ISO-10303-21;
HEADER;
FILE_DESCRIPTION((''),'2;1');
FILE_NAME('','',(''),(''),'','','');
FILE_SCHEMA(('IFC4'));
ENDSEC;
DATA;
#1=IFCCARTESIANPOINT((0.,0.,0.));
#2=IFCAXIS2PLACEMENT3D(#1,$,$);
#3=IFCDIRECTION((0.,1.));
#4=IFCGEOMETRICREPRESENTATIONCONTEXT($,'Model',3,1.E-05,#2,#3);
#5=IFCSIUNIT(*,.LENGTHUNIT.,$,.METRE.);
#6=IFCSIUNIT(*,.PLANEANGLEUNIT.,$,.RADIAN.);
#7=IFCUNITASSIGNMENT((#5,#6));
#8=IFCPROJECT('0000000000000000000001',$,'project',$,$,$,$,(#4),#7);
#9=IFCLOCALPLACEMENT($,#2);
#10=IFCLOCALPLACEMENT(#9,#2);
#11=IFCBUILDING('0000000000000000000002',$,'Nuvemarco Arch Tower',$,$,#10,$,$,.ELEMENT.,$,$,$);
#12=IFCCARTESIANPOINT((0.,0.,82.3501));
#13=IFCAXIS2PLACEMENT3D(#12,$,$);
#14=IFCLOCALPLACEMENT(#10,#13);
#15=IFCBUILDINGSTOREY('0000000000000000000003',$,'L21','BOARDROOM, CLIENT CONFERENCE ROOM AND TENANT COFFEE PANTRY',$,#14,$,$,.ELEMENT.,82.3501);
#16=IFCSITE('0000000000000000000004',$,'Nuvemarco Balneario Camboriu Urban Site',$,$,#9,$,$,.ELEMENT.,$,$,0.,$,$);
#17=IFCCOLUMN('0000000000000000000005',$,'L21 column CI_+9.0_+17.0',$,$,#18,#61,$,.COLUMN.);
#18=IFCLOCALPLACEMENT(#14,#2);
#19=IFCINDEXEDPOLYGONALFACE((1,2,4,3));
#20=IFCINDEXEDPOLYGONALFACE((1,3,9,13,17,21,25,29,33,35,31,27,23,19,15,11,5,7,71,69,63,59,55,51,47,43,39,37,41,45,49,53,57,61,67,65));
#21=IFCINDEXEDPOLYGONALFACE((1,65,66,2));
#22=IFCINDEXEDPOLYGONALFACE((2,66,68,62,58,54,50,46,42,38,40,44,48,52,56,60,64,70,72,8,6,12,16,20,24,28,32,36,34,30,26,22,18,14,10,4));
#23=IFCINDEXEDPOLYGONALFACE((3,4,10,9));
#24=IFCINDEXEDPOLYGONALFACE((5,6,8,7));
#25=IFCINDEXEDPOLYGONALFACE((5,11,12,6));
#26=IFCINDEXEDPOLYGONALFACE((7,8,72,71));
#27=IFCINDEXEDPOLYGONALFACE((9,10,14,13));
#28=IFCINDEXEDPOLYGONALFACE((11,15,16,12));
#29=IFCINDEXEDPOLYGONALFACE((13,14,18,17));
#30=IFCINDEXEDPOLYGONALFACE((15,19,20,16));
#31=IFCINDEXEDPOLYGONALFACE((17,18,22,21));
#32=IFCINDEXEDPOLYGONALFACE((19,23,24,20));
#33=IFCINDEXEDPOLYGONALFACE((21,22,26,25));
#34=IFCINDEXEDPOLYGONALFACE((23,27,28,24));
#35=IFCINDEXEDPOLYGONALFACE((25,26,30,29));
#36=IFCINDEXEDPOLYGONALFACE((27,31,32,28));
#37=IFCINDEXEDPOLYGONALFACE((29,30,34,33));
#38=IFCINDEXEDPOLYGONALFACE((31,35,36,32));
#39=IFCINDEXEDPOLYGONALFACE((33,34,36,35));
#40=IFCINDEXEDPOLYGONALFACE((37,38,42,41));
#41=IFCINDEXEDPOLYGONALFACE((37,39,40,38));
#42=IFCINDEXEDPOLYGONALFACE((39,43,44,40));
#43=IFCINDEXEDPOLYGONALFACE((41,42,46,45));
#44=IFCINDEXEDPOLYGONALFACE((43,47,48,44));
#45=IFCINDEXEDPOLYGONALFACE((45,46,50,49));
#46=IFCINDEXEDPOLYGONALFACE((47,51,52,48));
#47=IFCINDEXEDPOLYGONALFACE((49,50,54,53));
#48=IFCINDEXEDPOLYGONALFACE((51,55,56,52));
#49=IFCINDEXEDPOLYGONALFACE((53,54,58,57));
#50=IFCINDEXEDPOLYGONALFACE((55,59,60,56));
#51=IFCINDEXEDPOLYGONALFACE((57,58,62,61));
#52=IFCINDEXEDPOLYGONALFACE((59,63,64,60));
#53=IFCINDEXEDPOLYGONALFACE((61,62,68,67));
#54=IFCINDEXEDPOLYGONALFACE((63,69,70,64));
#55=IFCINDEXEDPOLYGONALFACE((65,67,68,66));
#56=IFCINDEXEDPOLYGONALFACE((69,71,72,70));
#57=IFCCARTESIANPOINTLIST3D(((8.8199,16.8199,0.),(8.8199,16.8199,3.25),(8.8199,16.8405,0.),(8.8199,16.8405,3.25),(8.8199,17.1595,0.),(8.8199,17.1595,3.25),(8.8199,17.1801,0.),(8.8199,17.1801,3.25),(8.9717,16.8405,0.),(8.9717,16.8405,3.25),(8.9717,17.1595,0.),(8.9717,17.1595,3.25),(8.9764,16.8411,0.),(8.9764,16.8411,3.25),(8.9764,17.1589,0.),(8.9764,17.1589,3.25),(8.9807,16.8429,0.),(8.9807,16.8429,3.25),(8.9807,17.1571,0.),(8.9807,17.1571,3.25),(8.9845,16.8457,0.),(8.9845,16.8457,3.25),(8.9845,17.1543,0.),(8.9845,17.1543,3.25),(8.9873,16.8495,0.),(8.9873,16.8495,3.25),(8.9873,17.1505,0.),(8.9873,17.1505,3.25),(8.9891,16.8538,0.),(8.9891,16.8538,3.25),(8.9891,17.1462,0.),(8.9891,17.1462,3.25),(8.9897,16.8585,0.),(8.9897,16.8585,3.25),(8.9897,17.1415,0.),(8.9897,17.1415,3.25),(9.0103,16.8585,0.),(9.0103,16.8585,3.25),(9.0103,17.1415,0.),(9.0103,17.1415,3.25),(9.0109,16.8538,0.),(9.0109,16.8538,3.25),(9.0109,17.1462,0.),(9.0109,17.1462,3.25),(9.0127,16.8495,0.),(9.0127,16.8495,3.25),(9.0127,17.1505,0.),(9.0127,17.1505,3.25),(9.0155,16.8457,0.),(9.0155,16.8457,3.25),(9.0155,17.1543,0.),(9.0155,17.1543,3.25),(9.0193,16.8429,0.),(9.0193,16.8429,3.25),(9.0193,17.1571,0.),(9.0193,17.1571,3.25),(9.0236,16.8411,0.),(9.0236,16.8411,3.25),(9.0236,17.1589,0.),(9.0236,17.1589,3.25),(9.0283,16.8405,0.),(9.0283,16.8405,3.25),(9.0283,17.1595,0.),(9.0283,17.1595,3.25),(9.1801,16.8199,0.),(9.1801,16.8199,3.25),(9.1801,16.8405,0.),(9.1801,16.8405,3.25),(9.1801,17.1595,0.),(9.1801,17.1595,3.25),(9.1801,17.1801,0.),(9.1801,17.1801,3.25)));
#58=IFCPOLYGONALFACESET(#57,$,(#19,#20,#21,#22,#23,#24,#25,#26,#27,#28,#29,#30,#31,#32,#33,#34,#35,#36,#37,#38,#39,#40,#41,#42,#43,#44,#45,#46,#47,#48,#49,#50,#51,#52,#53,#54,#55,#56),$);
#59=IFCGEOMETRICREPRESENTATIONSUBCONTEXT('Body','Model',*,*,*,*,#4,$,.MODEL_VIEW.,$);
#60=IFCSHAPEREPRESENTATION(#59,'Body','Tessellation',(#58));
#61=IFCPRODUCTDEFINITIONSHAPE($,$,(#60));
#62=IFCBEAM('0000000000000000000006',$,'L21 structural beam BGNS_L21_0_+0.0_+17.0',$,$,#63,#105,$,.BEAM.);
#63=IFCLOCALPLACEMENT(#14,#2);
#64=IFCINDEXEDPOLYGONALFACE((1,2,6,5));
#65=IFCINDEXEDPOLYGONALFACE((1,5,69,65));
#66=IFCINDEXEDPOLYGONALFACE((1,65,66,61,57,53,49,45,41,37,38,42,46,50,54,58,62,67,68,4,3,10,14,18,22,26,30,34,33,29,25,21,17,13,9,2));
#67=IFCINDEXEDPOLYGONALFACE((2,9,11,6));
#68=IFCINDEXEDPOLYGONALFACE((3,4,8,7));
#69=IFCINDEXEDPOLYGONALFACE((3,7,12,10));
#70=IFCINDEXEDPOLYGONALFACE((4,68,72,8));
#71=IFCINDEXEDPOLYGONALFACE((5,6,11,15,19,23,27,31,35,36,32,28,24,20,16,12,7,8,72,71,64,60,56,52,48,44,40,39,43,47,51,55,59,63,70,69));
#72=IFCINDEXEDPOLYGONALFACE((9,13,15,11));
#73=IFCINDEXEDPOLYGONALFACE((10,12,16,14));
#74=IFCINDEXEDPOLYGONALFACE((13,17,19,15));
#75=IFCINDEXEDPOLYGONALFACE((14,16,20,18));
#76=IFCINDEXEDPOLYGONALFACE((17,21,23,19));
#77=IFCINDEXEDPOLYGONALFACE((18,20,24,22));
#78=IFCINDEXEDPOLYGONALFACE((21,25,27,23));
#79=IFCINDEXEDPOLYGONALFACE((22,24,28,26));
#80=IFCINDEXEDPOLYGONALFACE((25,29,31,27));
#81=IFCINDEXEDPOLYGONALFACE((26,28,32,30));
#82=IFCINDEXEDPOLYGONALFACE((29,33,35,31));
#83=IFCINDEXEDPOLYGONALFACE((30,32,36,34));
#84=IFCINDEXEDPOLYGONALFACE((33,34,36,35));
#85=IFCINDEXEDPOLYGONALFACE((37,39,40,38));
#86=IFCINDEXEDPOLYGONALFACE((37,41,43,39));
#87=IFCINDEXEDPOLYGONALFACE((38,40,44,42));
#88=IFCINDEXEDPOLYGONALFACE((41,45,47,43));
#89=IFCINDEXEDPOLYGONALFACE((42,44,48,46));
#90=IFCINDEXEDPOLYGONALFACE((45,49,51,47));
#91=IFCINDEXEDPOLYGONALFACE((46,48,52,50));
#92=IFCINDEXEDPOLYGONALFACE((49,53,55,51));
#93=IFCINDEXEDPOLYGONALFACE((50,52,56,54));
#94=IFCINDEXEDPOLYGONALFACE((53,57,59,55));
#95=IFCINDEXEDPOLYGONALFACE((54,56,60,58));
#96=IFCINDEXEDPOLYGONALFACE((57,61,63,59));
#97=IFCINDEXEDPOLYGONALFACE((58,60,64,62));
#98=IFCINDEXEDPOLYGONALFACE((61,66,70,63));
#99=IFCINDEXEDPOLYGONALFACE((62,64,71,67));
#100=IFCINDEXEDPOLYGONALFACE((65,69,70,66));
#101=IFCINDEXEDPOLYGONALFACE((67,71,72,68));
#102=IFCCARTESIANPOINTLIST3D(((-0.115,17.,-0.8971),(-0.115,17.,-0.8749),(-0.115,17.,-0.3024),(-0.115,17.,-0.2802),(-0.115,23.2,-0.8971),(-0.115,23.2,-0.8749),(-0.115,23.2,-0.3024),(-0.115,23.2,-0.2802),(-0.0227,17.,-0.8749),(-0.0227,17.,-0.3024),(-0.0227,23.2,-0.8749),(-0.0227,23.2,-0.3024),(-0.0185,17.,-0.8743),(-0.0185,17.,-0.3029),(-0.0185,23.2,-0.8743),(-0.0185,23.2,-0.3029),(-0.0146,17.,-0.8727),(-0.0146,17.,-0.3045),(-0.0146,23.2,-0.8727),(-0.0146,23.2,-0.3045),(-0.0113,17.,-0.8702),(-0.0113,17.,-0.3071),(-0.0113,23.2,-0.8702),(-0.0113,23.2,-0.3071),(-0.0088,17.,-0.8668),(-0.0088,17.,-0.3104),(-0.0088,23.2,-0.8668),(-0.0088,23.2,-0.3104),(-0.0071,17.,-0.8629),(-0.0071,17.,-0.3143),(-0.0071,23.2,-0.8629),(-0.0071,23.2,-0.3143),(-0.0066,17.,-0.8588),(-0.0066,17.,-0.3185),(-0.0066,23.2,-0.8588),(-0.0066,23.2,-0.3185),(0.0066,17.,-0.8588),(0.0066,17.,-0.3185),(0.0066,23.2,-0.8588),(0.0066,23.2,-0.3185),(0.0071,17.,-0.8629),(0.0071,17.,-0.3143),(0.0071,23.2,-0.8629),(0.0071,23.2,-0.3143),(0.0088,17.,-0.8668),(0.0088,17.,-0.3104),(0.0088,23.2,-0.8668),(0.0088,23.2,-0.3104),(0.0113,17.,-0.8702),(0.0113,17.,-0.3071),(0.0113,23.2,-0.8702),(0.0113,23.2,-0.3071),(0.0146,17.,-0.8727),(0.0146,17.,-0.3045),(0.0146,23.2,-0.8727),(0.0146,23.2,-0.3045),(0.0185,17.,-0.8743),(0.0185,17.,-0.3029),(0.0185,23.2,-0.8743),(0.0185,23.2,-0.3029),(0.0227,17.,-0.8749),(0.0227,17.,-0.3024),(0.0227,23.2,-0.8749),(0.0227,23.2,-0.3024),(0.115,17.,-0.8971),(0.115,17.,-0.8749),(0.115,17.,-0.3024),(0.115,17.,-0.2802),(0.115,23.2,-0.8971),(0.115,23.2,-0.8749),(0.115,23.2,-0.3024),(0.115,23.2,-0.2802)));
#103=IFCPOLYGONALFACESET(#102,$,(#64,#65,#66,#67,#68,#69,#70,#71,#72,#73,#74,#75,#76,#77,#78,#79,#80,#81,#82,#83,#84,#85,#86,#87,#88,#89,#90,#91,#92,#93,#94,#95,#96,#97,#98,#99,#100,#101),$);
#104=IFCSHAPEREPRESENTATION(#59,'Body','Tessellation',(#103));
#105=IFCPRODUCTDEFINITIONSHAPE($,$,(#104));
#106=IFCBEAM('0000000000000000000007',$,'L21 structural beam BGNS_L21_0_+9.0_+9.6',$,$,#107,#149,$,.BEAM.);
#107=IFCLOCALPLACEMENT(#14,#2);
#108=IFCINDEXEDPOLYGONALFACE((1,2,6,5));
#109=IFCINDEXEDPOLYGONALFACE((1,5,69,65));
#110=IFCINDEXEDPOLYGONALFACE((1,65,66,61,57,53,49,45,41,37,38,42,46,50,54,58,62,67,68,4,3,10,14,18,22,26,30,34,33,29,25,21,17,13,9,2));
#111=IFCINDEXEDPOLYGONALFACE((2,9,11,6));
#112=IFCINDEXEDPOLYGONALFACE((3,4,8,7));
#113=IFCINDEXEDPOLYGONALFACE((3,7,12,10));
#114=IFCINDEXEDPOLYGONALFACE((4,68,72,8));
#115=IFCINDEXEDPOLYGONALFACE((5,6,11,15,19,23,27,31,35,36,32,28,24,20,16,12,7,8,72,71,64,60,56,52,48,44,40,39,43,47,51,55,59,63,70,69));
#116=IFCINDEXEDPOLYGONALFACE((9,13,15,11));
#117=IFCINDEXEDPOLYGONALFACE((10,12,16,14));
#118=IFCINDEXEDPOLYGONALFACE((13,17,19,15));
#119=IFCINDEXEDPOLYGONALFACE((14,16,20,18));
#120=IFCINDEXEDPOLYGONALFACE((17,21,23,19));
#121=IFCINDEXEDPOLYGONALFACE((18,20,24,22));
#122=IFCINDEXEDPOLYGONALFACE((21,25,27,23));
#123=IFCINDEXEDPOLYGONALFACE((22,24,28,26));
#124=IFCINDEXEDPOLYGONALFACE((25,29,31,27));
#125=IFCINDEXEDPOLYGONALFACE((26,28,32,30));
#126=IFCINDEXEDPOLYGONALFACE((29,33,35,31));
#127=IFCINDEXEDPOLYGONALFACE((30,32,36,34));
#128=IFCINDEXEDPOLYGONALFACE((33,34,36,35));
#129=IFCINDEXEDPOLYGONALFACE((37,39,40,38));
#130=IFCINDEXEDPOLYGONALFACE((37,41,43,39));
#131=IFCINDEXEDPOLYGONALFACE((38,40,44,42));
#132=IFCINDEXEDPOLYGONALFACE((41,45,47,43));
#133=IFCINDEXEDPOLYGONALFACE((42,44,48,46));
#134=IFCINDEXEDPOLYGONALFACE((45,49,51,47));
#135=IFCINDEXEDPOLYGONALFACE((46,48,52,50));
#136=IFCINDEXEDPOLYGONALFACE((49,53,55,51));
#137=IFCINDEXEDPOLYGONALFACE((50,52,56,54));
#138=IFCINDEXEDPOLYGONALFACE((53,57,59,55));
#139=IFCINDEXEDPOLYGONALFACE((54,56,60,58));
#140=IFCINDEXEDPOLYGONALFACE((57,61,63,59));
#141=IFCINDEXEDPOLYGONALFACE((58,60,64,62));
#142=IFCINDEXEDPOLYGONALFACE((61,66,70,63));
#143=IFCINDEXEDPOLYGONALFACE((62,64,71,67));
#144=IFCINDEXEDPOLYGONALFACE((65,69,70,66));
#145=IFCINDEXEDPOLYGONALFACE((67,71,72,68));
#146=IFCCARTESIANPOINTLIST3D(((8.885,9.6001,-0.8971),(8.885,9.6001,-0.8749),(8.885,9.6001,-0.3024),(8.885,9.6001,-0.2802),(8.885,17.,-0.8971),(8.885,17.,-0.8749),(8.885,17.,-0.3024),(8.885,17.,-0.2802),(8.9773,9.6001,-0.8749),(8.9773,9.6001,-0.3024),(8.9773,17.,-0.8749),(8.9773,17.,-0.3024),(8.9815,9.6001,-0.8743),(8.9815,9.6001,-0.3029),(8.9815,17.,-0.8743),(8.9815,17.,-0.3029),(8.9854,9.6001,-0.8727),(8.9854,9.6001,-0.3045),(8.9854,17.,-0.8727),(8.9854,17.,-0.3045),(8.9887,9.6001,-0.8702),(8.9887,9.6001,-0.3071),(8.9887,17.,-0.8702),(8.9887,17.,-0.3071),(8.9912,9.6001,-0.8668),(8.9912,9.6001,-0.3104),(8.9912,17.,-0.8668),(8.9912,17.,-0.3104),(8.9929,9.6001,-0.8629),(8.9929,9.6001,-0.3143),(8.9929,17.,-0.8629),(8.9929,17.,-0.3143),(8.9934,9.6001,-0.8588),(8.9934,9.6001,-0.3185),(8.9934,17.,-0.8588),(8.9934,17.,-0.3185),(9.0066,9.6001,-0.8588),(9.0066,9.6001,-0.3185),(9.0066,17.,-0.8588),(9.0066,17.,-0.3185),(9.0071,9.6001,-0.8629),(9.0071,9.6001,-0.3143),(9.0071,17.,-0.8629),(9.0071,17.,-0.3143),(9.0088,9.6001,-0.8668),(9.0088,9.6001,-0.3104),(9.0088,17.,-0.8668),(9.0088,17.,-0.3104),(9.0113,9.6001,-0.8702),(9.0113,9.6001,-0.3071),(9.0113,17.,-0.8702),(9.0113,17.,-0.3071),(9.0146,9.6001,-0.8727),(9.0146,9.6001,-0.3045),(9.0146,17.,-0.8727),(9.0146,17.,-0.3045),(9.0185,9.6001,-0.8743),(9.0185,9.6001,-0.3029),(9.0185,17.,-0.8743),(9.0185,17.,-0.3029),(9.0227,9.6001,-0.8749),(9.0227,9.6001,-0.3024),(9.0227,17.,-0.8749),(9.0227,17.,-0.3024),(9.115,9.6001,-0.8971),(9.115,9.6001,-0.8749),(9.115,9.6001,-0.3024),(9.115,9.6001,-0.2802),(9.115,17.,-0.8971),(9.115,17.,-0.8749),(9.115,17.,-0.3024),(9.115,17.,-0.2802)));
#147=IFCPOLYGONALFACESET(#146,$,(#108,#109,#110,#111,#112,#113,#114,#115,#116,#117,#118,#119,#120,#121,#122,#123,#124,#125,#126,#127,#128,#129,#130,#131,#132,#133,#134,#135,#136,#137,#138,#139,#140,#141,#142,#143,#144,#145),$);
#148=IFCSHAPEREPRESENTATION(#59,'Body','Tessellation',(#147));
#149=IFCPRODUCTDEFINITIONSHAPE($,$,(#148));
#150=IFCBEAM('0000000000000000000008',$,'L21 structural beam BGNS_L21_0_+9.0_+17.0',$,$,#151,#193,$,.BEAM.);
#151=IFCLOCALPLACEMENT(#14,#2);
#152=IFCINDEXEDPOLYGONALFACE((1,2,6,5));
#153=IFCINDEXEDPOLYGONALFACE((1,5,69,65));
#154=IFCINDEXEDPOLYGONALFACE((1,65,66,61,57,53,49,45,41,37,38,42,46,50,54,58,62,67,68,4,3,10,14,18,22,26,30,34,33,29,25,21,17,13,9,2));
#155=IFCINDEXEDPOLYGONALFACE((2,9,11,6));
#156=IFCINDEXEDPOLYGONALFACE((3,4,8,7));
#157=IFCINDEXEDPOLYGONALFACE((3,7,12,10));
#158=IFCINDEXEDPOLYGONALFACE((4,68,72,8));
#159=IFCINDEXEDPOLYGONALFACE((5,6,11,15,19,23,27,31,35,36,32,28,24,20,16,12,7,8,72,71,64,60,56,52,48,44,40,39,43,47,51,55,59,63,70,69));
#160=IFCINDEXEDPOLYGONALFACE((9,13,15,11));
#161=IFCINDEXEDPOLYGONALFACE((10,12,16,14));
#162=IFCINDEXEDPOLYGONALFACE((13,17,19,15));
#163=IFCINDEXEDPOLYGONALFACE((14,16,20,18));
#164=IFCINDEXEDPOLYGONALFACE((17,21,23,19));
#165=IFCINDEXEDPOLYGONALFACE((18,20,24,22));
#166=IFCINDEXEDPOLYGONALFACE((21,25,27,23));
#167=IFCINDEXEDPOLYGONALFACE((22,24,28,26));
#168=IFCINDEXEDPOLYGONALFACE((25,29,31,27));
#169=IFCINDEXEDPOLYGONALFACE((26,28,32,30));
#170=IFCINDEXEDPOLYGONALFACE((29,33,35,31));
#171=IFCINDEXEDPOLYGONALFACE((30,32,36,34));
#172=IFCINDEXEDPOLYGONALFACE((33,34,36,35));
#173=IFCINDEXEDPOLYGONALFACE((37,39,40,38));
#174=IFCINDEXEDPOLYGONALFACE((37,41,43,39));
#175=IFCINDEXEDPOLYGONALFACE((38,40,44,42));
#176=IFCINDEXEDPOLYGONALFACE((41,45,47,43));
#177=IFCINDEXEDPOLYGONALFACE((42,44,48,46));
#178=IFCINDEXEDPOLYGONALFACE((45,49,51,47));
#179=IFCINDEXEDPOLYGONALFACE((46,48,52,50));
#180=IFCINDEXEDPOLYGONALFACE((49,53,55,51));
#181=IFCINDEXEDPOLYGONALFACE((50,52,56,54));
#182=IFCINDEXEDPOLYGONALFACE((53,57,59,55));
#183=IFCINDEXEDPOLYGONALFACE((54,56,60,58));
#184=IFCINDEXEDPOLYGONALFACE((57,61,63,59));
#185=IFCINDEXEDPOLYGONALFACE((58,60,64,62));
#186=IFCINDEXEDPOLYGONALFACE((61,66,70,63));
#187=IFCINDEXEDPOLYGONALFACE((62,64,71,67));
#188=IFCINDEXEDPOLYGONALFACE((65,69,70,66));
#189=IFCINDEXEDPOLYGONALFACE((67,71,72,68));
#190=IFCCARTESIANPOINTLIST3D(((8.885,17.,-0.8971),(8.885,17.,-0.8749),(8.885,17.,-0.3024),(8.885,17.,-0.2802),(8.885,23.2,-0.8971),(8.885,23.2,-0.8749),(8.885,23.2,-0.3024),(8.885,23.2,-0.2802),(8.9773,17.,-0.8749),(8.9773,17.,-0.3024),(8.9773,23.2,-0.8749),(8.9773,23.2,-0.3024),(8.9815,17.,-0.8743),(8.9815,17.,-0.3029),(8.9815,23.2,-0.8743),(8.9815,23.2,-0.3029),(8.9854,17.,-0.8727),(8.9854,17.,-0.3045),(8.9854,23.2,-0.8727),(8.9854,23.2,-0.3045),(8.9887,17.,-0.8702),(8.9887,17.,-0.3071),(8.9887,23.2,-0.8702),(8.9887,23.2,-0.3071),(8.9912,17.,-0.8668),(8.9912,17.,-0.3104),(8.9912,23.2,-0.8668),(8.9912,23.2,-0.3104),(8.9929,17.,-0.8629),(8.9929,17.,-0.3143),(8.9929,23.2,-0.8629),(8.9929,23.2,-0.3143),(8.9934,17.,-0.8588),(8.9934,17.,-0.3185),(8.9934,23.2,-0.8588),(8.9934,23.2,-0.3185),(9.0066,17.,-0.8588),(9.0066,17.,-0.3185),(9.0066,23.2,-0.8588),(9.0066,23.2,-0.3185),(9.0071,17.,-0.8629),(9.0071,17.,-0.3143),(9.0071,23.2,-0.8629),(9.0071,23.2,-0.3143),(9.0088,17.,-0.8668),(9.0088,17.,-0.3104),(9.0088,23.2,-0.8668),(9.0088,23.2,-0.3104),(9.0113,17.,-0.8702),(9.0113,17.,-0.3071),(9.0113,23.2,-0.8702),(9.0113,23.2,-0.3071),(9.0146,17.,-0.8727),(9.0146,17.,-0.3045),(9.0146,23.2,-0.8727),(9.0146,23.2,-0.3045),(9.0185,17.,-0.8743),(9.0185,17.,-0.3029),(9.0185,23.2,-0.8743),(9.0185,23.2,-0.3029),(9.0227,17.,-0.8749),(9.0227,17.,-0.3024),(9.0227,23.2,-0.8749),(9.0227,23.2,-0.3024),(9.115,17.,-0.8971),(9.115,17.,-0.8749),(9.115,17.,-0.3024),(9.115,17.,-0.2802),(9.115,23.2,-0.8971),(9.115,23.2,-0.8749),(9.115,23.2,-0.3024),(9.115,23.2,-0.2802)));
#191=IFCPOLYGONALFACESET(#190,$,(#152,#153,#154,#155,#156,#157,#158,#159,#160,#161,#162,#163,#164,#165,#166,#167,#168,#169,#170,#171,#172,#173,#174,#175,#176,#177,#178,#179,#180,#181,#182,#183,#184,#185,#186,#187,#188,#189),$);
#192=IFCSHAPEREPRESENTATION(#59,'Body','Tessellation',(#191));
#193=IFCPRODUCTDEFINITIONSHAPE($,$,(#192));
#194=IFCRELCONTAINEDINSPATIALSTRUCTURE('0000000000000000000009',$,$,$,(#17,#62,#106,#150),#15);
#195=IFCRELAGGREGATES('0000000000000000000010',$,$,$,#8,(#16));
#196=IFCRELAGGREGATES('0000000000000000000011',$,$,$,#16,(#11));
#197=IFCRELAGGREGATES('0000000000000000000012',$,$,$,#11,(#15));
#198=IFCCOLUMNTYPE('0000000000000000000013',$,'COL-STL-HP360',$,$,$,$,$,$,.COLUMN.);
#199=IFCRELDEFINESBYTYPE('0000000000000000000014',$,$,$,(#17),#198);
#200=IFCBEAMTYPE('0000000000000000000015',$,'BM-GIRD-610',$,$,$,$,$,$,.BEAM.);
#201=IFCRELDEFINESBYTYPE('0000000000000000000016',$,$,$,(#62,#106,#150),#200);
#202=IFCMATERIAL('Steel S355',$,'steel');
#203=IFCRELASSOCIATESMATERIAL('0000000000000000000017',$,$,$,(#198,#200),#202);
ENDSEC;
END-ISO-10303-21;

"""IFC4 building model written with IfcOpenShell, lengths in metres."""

from ifc_helpers import new_model, si_unit, direction, frame, origin, origin_2d, place, context, subcontext, project, spatial, i_section, extrude, material, material_profile, profile_set, type_object, element, save


model = new_model("IFC4")

# Units and contexts
model_context = context("Model", 3, precision=1e-05, world=origin(), true_north=direction((0.0, 1.0)))
body_context = subcontext(model_context, "Body", "Model", "MODEL_VIEW")
ifc_project = project(units=[si_unit("LENGTHUNIT", "METRE"), si_unit("PLANEANGLEUNIT", "RADIAN")], contexts=[model_context])

# Site, building, storey
site_placement = place(None, origin())
site = spatial("IfcSite", under=ifc_project, at=site_placement, Name="Nuvemarco Balneario Camboriu Urban Site", CompositionType="ELEMENT", RefElevation=0.0)
building_placement = place(site_placement, origin())
building = spatial("IfcBuilding", under=site, at=building_placement, Name="Nuvemarco Arch Tower", CompositionType="ELEMENT")
storey_placement = place(building_placement, frame((0.0, 0.0, 82.3501)))
storey = spatial("IfcBuildingStorey", under=building, at=storey_placement, Name="L21", Description="BOARDROOM, CLIENT CONFERENCE ROOM AND TENANT COFFEE PANTRY", CompositionType="ELEMENT", Elevation=82.3501)

# Column
ifc_material_1 = material(Name="Steel S355", Category="steel")
ifc_material_profile_1 = material_profile(ifc_material_1, i_section(OverallWidth=0.3601, OverallDepth=0.3601, WebThickness=0.0205, FlangeThickness=0.0205, FilletRadius=0.0181, at=origin_2d()), Name="HP360x174")
ifc_profile_set_1 = profile_set([ifc_material_profile_1], Name="Steel S355")
column_type_1 = type_object("IfcColumnType", Name="COL-STL-HP360", PredefinedType="COLUMN", material=ifc_profile_set_1)
for number, where, z_axis, x_axis, name in (
    (1, (9.0, 17.0, 0.0), (0.0, 0.0, 1.0), (1.0, 0.0, 0.0), "L21 column CI_+9.0_+17.0"),
):
    element("IfcColumn", number, at=place(storey_placement, frame(where, z_axis=z_axis, x_axis=x_axis)), inside=storey, type_object=column_type_1, Name=name, PredefinedType="COLUMN", context=body_context, shape_type="SweptSolid", body=[
        extrude(i_section(OverallWidth=0.3601, OverallDepth=0.3601, WebThickness=0.0205, FlangeThickness=0.0205, FilletRadius=0.0181, at=origin_2d()), origin(), (0.0, 0.0, 1.0), 3.25),
    ])

# Beams
ifc_material_profile_2 = material_profile(ifc_material_1, i_section(OverallWidth=0.23, OverallDepth=0.6169, WebThickness=0.0132, FlangeThickness=0.0222, FilletRadius=0.0161, at=origin_2d()), Name="W610x140")
ifc_profile_set_2 = profile_set([ifc_material_profile_2], Name="Steel S355")
beam_type_1 = type_object("IfcBeamType", Name="BM-GIRD-610", PredefinedType="BEAM", material=ifc_profile_set_2)
beam_1_placement = place(storey_placement, frame((0.0, 17.0, -0.5886), z_axis=(0.0, 1.0, 0.0), x_axis=(-1.0, 0.0, 0.0)))
element("IfcBeam", 2, at=beam_1_placement, inside=storey, type_object=beam_type_1, Name="L21 structural beam BGNS_L21_0_+0.0_+17.0", PredefinedType="BEAM", context=body_context, shape_type="SweptSolid", body=[
    extrude(i_section(OverallWidth=0.23, OverallDepth=0.6169, WebThickness=0.0132, FlangeThickness=0.0222, FilletRadius=0.0161, at=origin_2d()), origin(), (0.0, 0.0, 1.0), 6.2),
])
beam_2_placement = place(storey_placement, frame((9.0, 9.6001, -0.5886), z_axis=(0.0, 1.0, 0.0), x_axis=(-1.0, 0.0, 0.0)))
element("IfcBeam", 3, at=beam_2_placement, inside=storey, type_object=beam_type_1, Name="L21 structural beam BGNS_L21_0_+9.0_+9.6", PredefinedType="BEAM", context=body_context, shape_type="SweptSolid", body=[
    extrude(i_section(OverallWidth=0.23, OverallDepth=0.6169, WebThickness=0.0132, FlangeThickness=0.0222, FilletRadius=0.0161, at=origin_2d()), origin(), (0.0, 0.0, 1.0), 7.3999),
])
beam_3_placement = place(storey_placement, frame((9.0, 17.0, -0.5886), z_axis=(0.0, 1.0, 0.0), x_axis=(-1.0, 0.0, 0.0)))
element("IfcBeam", 4, at=beam_3_placement, inside=storey, type_object=beam_type_1, Name="L21 structural beam BGNS_L21_0_+9.0_+17.0", PredefinedType="BEAM", context=body_context, shape_type="SweptSolid", body=[
    extrude(i_section(OverallWidth=0.23, OverallDepth=0.6169, WebThickness=0.0132, FlangeThickness=0.0222, FilletRadius=0.0161, at=origin_2d()), origin(), (0.0, 0.0, 1.0), 6.2),
])

save(model, "model.ifc")
